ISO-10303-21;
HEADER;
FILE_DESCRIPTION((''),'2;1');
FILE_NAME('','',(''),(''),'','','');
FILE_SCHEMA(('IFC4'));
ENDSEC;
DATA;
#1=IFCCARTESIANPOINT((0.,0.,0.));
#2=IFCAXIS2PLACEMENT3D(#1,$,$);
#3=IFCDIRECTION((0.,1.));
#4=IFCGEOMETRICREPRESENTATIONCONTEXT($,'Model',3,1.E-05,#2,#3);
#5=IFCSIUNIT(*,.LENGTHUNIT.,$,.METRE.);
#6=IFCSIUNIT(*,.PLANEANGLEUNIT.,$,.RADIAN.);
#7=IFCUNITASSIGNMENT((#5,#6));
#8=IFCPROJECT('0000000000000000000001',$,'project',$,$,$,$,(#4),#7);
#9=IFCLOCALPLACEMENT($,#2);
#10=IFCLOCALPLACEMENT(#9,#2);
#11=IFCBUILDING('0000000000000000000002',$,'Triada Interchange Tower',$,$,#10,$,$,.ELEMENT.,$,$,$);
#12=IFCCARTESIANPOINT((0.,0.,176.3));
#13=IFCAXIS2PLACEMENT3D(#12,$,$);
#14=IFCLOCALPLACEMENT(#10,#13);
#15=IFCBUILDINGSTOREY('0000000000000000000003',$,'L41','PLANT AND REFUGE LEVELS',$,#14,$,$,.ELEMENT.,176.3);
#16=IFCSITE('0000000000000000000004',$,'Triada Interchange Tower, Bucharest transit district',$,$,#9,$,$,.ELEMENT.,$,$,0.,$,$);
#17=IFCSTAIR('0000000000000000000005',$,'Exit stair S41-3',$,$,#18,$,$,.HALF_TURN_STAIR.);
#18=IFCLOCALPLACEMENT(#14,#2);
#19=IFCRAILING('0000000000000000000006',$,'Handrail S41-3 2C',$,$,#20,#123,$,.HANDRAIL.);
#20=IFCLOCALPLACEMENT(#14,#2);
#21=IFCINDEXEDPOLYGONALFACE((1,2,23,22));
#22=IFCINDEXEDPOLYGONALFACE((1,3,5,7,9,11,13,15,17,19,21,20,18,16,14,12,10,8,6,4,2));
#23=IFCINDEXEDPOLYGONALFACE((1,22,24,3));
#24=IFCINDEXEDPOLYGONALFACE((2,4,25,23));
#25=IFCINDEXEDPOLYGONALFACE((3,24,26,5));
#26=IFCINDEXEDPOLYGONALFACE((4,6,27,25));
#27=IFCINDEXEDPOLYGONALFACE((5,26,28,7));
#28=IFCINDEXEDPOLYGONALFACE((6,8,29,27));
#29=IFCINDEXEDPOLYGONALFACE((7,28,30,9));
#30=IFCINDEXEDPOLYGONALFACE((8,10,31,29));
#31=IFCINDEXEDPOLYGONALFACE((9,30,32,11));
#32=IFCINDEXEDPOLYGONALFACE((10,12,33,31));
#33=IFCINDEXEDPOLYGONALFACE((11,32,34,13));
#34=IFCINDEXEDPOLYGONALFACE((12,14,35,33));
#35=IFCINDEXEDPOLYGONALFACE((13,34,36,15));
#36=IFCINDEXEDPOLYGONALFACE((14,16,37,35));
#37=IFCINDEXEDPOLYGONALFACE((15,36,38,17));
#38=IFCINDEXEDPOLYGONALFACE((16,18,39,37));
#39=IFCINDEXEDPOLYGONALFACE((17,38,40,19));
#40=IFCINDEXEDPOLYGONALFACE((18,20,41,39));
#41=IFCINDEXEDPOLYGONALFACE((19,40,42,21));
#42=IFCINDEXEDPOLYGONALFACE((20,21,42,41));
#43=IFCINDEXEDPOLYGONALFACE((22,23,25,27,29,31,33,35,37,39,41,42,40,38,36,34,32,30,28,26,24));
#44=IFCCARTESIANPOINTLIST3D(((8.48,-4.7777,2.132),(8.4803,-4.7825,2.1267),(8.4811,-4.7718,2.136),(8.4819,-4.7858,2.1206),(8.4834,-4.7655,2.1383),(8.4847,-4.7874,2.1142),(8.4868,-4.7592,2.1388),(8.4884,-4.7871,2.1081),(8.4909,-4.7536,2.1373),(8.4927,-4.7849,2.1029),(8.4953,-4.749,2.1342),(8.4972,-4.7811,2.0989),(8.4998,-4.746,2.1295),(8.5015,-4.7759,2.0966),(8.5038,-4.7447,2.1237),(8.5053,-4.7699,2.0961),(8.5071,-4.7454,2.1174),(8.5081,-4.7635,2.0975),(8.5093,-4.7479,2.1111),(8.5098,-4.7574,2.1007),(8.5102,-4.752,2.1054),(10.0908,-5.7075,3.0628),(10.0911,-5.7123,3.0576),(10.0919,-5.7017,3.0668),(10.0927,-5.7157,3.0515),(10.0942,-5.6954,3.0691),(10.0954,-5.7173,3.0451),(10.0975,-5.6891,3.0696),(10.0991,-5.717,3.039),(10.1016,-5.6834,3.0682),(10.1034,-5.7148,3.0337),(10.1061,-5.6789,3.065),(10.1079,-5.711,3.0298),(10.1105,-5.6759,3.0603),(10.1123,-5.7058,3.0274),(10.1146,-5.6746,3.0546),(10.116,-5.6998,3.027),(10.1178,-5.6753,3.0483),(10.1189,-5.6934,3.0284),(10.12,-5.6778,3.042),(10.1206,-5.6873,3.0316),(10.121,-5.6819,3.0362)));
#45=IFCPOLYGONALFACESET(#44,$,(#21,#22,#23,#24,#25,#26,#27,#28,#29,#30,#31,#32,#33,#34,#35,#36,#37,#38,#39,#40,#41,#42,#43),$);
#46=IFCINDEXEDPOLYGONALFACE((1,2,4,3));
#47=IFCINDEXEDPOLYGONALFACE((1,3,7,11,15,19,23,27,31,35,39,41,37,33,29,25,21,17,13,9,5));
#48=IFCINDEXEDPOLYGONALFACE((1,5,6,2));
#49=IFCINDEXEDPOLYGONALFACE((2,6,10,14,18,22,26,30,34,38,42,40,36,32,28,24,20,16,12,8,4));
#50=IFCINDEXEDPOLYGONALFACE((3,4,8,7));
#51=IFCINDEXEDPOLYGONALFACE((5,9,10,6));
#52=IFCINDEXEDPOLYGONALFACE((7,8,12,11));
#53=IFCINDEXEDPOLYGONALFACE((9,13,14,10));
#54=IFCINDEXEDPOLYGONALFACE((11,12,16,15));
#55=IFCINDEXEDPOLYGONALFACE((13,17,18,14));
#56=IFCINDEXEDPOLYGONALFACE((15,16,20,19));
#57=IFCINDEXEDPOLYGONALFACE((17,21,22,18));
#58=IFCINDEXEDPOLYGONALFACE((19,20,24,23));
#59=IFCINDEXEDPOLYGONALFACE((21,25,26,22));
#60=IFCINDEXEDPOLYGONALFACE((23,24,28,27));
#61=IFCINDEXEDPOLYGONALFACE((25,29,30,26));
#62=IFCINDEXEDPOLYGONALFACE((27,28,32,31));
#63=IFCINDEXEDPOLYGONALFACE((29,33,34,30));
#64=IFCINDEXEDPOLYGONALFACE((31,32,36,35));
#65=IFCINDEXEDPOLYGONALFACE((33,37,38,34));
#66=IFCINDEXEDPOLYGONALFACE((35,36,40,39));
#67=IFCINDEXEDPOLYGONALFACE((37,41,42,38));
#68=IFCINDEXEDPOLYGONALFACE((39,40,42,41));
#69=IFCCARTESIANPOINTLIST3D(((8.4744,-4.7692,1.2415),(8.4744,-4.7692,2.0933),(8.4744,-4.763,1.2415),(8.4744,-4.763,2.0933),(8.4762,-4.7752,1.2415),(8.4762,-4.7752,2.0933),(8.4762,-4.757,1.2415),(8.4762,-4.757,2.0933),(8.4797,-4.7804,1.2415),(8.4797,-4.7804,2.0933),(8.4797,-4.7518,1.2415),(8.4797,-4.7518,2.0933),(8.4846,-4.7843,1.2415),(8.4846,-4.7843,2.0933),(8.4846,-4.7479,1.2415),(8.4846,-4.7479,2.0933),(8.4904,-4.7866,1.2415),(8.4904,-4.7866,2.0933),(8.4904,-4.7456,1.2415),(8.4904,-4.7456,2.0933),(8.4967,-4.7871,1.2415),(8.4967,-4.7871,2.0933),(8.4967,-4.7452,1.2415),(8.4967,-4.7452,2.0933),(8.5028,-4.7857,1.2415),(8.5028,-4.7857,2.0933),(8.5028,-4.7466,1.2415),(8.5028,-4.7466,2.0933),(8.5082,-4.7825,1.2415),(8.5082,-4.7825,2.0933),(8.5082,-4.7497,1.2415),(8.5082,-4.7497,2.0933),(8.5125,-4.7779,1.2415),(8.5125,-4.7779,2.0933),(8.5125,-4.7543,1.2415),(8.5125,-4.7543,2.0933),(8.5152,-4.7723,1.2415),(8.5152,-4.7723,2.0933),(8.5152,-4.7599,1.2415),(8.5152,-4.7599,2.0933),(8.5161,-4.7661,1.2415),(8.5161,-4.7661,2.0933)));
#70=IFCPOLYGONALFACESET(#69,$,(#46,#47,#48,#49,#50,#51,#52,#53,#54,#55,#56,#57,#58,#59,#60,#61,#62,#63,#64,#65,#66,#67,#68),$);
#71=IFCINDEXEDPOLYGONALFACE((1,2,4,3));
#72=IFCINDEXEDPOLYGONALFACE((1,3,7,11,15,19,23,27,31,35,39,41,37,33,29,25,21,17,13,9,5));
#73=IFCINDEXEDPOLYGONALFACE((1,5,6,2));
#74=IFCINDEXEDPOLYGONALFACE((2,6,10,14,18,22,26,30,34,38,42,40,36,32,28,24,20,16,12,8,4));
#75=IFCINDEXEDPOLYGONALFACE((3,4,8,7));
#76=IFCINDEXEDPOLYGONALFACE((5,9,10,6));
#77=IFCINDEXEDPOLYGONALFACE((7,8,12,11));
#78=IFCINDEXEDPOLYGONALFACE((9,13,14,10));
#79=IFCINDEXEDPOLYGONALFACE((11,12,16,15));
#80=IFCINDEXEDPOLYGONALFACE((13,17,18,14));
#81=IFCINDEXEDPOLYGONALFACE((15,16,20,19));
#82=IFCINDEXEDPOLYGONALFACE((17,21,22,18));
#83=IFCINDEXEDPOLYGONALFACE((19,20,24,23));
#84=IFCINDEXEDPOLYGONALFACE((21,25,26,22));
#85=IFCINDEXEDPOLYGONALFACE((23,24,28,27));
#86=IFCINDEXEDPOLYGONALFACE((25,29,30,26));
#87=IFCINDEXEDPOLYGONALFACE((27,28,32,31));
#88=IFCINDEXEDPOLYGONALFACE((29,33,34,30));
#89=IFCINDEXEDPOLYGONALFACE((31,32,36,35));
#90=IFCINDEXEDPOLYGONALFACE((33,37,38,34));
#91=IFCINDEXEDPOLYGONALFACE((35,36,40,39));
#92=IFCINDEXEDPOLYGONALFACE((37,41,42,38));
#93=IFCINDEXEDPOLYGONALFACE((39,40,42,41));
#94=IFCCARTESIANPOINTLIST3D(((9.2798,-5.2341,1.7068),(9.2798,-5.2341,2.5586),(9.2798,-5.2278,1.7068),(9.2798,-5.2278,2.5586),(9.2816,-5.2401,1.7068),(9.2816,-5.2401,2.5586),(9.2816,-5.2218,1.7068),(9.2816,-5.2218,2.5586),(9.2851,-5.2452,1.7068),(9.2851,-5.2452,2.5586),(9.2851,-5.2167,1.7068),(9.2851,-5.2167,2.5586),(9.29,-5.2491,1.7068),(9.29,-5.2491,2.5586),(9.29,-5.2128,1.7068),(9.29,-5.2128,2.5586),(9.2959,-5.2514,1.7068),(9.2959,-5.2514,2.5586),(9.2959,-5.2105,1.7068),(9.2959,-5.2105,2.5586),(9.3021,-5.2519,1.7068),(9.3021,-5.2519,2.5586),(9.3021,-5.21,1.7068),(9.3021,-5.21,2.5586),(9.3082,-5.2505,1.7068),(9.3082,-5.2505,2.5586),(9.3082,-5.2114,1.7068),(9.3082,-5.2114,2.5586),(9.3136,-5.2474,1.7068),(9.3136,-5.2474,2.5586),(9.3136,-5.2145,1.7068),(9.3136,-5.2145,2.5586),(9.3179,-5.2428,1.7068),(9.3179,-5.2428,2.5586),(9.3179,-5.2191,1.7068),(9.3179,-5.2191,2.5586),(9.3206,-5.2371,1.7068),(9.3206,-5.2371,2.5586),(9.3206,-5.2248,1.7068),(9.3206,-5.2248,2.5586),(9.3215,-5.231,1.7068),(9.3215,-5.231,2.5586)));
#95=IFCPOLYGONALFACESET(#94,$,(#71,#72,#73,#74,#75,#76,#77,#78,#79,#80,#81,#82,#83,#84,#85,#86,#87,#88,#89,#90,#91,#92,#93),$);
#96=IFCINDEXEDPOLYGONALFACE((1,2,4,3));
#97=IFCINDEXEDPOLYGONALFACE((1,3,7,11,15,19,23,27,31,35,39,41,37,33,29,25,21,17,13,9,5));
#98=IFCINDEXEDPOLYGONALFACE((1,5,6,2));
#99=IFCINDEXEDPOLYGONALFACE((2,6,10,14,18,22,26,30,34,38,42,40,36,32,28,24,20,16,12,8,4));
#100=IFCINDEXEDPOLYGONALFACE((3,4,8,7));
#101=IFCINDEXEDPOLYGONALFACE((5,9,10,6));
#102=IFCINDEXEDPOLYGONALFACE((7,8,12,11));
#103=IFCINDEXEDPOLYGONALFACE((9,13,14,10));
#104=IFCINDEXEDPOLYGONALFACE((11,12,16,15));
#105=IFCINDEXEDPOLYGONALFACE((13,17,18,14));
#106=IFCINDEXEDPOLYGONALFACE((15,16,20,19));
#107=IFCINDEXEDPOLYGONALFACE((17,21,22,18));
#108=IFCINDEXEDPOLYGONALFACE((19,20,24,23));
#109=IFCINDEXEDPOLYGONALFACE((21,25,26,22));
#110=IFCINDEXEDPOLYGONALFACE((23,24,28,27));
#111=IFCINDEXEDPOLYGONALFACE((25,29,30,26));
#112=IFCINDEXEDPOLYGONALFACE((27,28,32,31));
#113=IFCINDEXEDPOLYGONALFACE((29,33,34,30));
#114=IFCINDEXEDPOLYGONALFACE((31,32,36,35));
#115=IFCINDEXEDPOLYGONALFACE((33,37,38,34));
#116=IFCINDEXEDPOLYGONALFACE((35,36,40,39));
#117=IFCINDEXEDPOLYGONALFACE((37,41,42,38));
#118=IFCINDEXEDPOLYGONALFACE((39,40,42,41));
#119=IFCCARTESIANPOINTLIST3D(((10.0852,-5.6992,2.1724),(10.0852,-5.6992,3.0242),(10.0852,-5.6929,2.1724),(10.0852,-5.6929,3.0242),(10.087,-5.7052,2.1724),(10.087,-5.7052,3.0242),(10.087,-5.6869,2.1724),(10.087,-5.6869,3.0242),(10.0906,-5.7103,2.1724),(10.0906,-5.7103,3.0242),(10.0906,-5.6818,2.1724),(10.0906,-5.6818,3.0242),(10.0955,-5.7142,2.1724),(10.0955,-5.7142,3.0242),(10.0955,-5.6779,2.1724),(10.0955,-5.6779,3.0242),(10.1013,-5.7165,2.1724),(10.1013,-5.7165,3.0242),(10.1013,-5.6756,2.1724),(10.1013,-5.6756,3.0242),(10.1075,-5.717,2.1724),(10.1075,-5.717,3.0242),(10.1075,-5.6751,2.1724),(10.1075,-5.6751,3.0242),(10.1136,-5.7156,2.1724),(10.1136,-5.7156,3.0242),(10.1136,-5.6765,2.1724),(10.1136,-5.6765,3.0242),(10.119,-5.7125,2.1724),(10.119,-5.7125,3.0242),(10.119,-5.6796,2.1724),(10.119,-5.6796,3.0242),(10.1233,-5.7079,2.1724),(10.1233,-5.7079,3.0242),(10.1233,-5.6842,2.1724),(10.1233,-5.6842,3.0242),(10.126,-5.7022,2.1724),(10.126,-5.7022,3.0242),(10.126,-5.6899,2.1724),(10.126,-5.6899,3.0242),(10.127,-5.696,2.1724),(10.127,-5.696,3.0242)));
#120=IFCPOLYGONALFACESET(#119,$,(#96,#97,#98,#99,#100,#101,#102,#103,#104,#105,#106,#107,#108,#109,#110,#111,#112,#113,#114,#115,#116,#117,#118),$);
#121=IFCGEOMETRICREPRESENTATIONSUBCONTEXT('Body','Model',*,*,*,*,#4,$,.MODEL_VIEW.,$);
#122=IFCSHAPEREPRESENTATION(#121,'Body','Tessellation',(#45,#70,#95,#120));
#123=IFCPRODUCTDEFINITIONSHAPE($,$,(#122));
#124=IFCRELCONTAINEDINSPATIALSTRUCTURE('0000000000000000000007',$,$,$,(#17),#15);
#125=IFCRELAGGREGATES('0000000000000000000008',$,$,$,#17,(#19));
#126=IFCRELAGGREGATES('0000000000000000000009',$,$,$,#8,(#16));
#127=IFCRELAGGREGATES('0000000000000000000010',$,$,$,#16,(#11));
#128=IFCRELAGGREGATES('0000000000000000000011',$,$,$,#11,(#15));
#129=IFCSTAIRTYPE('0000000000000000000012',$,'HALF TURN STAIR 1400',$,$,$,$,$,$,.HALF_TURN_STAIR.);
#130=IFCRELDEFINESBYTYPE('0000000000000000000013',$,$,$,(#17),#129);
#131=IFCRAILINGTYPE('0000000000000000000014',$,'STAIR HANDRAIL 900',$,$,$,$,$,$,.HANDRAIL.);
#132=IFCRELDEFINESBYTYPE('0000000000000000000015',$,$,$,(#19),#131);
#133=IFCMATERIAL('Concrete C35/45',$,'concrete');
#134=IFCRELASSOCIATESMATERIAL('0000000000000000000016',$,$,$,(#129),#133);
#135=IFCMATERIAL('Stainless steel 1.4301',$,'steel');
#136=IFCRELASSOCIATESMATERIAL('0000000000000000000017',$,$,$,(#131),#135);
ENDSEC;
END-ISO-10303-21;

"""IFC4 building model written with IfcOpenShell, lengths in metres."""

from ifc_helpers import new_model, si_unit, direction, frame, origin, origin_2d, place, context, subcontext, project, spatial, circle, extrude, material, type_object, element, aggregate, save


model = new_model("IFC4")

# Units and contexts
model_context = context("Model", 3, precision=1e-05, world=origin(), true_north=direction((0.0, 1.0)))
body_context = subcontext(model_context, "Body", "Model", "MODEL_VIEW")
ifc_project = project(units=[si_unit("LENGTHUNIT", "METRE"), si_unit("PLANEANGLEUNIT", "RADIAN")], contexts=[model_context])

# Site, building, storey
site_placement = place(None, origin())
site = spatial("IfcSite", under=ifc_project, at=site_placement, Name="Triada Interchange Tower, Bucharest transit district", CompositionType="ELEMENT", RefElevation=0.0)
building_placement = place(site_placement, origin())
building = spatial("IfcBuilding", under=site, at=building_placement, Name="Triada Interchange Tower", CompositionType="ELEMENT")
storey_placement = place(building_placement, frame((0.0, 0.0, 176.3)))
storey = spatial("IfcBuildingStorey", under=building, at=storey_placement, Name="L41", Description="PLANT AND REFUGE LEVELS", CompositionType="ELEMENT", Elevation=176.3)

# Shared definitions
ifc_material_1 = material(Name="Concrete C35/45", Category="concrete")

# Stair, railing
stair_type = type_object("IfcStairType", Name="HALF TURN STAIR 1400", PredefinedType="HALF_TURN_STAIR", material=ifc_material_1)
stair_placement = place(storey_placement, origin())
stair = element("IfcStair", 1, at=stair_placement, inside=storey, type_object=stair_type, Name="Exit stair S41-3", PredefinedType="HALF_TURN_STAIR")
ifc_material_2 = material(Name="Stainless steel 1.4301", Category="steel")
railing_type_1 = type_object("IfcRailingType", Name="STAIR HANDRAIL 900", PredefinedType="HANDRAIL", material=ifc_material_2)
railing_1_placement = place(storey_placement, frame((8.4951, -4.7661, 1.2415)))
railing_1 = element("IfcRailing", 2, at=railing_1_placement, type_object=railing_type_1, Name="Handrail S41-3 2C", PredefinedType="HANDRAIL", context=body_context, shape_type="SweptSolid", body=[
    extrude(circle(Radius=0.0239, at=origin_2d()), frame((0.0, 0.0, 0.876), z_axis=(0.774463, -0.447095, 0.447564), x_axis=(0.499965, 0.866046, 0.0)), (0.0, 0.0, 1.0), 2.0798),
    extrude(circle(Radius=0.021, at=origin_2d()), origin(), (0.0, 0.0, 1.0), 0.8518),
    extrude(circle(Radius=0.021, at=origin_2d()), frame((0.8054, -0.4648, 0.4653)), (0.0, 0.0, 1.0), 0.8518),
    extrude(circle(Radius=0.021, at=origin_2d()), frame((1.6108, -0.9299, 0.9309)), (0.0, 0.0, 1.0), 0.8518),
])
aggregate(stair, [railing_1])

save(model, "model.ifc")
